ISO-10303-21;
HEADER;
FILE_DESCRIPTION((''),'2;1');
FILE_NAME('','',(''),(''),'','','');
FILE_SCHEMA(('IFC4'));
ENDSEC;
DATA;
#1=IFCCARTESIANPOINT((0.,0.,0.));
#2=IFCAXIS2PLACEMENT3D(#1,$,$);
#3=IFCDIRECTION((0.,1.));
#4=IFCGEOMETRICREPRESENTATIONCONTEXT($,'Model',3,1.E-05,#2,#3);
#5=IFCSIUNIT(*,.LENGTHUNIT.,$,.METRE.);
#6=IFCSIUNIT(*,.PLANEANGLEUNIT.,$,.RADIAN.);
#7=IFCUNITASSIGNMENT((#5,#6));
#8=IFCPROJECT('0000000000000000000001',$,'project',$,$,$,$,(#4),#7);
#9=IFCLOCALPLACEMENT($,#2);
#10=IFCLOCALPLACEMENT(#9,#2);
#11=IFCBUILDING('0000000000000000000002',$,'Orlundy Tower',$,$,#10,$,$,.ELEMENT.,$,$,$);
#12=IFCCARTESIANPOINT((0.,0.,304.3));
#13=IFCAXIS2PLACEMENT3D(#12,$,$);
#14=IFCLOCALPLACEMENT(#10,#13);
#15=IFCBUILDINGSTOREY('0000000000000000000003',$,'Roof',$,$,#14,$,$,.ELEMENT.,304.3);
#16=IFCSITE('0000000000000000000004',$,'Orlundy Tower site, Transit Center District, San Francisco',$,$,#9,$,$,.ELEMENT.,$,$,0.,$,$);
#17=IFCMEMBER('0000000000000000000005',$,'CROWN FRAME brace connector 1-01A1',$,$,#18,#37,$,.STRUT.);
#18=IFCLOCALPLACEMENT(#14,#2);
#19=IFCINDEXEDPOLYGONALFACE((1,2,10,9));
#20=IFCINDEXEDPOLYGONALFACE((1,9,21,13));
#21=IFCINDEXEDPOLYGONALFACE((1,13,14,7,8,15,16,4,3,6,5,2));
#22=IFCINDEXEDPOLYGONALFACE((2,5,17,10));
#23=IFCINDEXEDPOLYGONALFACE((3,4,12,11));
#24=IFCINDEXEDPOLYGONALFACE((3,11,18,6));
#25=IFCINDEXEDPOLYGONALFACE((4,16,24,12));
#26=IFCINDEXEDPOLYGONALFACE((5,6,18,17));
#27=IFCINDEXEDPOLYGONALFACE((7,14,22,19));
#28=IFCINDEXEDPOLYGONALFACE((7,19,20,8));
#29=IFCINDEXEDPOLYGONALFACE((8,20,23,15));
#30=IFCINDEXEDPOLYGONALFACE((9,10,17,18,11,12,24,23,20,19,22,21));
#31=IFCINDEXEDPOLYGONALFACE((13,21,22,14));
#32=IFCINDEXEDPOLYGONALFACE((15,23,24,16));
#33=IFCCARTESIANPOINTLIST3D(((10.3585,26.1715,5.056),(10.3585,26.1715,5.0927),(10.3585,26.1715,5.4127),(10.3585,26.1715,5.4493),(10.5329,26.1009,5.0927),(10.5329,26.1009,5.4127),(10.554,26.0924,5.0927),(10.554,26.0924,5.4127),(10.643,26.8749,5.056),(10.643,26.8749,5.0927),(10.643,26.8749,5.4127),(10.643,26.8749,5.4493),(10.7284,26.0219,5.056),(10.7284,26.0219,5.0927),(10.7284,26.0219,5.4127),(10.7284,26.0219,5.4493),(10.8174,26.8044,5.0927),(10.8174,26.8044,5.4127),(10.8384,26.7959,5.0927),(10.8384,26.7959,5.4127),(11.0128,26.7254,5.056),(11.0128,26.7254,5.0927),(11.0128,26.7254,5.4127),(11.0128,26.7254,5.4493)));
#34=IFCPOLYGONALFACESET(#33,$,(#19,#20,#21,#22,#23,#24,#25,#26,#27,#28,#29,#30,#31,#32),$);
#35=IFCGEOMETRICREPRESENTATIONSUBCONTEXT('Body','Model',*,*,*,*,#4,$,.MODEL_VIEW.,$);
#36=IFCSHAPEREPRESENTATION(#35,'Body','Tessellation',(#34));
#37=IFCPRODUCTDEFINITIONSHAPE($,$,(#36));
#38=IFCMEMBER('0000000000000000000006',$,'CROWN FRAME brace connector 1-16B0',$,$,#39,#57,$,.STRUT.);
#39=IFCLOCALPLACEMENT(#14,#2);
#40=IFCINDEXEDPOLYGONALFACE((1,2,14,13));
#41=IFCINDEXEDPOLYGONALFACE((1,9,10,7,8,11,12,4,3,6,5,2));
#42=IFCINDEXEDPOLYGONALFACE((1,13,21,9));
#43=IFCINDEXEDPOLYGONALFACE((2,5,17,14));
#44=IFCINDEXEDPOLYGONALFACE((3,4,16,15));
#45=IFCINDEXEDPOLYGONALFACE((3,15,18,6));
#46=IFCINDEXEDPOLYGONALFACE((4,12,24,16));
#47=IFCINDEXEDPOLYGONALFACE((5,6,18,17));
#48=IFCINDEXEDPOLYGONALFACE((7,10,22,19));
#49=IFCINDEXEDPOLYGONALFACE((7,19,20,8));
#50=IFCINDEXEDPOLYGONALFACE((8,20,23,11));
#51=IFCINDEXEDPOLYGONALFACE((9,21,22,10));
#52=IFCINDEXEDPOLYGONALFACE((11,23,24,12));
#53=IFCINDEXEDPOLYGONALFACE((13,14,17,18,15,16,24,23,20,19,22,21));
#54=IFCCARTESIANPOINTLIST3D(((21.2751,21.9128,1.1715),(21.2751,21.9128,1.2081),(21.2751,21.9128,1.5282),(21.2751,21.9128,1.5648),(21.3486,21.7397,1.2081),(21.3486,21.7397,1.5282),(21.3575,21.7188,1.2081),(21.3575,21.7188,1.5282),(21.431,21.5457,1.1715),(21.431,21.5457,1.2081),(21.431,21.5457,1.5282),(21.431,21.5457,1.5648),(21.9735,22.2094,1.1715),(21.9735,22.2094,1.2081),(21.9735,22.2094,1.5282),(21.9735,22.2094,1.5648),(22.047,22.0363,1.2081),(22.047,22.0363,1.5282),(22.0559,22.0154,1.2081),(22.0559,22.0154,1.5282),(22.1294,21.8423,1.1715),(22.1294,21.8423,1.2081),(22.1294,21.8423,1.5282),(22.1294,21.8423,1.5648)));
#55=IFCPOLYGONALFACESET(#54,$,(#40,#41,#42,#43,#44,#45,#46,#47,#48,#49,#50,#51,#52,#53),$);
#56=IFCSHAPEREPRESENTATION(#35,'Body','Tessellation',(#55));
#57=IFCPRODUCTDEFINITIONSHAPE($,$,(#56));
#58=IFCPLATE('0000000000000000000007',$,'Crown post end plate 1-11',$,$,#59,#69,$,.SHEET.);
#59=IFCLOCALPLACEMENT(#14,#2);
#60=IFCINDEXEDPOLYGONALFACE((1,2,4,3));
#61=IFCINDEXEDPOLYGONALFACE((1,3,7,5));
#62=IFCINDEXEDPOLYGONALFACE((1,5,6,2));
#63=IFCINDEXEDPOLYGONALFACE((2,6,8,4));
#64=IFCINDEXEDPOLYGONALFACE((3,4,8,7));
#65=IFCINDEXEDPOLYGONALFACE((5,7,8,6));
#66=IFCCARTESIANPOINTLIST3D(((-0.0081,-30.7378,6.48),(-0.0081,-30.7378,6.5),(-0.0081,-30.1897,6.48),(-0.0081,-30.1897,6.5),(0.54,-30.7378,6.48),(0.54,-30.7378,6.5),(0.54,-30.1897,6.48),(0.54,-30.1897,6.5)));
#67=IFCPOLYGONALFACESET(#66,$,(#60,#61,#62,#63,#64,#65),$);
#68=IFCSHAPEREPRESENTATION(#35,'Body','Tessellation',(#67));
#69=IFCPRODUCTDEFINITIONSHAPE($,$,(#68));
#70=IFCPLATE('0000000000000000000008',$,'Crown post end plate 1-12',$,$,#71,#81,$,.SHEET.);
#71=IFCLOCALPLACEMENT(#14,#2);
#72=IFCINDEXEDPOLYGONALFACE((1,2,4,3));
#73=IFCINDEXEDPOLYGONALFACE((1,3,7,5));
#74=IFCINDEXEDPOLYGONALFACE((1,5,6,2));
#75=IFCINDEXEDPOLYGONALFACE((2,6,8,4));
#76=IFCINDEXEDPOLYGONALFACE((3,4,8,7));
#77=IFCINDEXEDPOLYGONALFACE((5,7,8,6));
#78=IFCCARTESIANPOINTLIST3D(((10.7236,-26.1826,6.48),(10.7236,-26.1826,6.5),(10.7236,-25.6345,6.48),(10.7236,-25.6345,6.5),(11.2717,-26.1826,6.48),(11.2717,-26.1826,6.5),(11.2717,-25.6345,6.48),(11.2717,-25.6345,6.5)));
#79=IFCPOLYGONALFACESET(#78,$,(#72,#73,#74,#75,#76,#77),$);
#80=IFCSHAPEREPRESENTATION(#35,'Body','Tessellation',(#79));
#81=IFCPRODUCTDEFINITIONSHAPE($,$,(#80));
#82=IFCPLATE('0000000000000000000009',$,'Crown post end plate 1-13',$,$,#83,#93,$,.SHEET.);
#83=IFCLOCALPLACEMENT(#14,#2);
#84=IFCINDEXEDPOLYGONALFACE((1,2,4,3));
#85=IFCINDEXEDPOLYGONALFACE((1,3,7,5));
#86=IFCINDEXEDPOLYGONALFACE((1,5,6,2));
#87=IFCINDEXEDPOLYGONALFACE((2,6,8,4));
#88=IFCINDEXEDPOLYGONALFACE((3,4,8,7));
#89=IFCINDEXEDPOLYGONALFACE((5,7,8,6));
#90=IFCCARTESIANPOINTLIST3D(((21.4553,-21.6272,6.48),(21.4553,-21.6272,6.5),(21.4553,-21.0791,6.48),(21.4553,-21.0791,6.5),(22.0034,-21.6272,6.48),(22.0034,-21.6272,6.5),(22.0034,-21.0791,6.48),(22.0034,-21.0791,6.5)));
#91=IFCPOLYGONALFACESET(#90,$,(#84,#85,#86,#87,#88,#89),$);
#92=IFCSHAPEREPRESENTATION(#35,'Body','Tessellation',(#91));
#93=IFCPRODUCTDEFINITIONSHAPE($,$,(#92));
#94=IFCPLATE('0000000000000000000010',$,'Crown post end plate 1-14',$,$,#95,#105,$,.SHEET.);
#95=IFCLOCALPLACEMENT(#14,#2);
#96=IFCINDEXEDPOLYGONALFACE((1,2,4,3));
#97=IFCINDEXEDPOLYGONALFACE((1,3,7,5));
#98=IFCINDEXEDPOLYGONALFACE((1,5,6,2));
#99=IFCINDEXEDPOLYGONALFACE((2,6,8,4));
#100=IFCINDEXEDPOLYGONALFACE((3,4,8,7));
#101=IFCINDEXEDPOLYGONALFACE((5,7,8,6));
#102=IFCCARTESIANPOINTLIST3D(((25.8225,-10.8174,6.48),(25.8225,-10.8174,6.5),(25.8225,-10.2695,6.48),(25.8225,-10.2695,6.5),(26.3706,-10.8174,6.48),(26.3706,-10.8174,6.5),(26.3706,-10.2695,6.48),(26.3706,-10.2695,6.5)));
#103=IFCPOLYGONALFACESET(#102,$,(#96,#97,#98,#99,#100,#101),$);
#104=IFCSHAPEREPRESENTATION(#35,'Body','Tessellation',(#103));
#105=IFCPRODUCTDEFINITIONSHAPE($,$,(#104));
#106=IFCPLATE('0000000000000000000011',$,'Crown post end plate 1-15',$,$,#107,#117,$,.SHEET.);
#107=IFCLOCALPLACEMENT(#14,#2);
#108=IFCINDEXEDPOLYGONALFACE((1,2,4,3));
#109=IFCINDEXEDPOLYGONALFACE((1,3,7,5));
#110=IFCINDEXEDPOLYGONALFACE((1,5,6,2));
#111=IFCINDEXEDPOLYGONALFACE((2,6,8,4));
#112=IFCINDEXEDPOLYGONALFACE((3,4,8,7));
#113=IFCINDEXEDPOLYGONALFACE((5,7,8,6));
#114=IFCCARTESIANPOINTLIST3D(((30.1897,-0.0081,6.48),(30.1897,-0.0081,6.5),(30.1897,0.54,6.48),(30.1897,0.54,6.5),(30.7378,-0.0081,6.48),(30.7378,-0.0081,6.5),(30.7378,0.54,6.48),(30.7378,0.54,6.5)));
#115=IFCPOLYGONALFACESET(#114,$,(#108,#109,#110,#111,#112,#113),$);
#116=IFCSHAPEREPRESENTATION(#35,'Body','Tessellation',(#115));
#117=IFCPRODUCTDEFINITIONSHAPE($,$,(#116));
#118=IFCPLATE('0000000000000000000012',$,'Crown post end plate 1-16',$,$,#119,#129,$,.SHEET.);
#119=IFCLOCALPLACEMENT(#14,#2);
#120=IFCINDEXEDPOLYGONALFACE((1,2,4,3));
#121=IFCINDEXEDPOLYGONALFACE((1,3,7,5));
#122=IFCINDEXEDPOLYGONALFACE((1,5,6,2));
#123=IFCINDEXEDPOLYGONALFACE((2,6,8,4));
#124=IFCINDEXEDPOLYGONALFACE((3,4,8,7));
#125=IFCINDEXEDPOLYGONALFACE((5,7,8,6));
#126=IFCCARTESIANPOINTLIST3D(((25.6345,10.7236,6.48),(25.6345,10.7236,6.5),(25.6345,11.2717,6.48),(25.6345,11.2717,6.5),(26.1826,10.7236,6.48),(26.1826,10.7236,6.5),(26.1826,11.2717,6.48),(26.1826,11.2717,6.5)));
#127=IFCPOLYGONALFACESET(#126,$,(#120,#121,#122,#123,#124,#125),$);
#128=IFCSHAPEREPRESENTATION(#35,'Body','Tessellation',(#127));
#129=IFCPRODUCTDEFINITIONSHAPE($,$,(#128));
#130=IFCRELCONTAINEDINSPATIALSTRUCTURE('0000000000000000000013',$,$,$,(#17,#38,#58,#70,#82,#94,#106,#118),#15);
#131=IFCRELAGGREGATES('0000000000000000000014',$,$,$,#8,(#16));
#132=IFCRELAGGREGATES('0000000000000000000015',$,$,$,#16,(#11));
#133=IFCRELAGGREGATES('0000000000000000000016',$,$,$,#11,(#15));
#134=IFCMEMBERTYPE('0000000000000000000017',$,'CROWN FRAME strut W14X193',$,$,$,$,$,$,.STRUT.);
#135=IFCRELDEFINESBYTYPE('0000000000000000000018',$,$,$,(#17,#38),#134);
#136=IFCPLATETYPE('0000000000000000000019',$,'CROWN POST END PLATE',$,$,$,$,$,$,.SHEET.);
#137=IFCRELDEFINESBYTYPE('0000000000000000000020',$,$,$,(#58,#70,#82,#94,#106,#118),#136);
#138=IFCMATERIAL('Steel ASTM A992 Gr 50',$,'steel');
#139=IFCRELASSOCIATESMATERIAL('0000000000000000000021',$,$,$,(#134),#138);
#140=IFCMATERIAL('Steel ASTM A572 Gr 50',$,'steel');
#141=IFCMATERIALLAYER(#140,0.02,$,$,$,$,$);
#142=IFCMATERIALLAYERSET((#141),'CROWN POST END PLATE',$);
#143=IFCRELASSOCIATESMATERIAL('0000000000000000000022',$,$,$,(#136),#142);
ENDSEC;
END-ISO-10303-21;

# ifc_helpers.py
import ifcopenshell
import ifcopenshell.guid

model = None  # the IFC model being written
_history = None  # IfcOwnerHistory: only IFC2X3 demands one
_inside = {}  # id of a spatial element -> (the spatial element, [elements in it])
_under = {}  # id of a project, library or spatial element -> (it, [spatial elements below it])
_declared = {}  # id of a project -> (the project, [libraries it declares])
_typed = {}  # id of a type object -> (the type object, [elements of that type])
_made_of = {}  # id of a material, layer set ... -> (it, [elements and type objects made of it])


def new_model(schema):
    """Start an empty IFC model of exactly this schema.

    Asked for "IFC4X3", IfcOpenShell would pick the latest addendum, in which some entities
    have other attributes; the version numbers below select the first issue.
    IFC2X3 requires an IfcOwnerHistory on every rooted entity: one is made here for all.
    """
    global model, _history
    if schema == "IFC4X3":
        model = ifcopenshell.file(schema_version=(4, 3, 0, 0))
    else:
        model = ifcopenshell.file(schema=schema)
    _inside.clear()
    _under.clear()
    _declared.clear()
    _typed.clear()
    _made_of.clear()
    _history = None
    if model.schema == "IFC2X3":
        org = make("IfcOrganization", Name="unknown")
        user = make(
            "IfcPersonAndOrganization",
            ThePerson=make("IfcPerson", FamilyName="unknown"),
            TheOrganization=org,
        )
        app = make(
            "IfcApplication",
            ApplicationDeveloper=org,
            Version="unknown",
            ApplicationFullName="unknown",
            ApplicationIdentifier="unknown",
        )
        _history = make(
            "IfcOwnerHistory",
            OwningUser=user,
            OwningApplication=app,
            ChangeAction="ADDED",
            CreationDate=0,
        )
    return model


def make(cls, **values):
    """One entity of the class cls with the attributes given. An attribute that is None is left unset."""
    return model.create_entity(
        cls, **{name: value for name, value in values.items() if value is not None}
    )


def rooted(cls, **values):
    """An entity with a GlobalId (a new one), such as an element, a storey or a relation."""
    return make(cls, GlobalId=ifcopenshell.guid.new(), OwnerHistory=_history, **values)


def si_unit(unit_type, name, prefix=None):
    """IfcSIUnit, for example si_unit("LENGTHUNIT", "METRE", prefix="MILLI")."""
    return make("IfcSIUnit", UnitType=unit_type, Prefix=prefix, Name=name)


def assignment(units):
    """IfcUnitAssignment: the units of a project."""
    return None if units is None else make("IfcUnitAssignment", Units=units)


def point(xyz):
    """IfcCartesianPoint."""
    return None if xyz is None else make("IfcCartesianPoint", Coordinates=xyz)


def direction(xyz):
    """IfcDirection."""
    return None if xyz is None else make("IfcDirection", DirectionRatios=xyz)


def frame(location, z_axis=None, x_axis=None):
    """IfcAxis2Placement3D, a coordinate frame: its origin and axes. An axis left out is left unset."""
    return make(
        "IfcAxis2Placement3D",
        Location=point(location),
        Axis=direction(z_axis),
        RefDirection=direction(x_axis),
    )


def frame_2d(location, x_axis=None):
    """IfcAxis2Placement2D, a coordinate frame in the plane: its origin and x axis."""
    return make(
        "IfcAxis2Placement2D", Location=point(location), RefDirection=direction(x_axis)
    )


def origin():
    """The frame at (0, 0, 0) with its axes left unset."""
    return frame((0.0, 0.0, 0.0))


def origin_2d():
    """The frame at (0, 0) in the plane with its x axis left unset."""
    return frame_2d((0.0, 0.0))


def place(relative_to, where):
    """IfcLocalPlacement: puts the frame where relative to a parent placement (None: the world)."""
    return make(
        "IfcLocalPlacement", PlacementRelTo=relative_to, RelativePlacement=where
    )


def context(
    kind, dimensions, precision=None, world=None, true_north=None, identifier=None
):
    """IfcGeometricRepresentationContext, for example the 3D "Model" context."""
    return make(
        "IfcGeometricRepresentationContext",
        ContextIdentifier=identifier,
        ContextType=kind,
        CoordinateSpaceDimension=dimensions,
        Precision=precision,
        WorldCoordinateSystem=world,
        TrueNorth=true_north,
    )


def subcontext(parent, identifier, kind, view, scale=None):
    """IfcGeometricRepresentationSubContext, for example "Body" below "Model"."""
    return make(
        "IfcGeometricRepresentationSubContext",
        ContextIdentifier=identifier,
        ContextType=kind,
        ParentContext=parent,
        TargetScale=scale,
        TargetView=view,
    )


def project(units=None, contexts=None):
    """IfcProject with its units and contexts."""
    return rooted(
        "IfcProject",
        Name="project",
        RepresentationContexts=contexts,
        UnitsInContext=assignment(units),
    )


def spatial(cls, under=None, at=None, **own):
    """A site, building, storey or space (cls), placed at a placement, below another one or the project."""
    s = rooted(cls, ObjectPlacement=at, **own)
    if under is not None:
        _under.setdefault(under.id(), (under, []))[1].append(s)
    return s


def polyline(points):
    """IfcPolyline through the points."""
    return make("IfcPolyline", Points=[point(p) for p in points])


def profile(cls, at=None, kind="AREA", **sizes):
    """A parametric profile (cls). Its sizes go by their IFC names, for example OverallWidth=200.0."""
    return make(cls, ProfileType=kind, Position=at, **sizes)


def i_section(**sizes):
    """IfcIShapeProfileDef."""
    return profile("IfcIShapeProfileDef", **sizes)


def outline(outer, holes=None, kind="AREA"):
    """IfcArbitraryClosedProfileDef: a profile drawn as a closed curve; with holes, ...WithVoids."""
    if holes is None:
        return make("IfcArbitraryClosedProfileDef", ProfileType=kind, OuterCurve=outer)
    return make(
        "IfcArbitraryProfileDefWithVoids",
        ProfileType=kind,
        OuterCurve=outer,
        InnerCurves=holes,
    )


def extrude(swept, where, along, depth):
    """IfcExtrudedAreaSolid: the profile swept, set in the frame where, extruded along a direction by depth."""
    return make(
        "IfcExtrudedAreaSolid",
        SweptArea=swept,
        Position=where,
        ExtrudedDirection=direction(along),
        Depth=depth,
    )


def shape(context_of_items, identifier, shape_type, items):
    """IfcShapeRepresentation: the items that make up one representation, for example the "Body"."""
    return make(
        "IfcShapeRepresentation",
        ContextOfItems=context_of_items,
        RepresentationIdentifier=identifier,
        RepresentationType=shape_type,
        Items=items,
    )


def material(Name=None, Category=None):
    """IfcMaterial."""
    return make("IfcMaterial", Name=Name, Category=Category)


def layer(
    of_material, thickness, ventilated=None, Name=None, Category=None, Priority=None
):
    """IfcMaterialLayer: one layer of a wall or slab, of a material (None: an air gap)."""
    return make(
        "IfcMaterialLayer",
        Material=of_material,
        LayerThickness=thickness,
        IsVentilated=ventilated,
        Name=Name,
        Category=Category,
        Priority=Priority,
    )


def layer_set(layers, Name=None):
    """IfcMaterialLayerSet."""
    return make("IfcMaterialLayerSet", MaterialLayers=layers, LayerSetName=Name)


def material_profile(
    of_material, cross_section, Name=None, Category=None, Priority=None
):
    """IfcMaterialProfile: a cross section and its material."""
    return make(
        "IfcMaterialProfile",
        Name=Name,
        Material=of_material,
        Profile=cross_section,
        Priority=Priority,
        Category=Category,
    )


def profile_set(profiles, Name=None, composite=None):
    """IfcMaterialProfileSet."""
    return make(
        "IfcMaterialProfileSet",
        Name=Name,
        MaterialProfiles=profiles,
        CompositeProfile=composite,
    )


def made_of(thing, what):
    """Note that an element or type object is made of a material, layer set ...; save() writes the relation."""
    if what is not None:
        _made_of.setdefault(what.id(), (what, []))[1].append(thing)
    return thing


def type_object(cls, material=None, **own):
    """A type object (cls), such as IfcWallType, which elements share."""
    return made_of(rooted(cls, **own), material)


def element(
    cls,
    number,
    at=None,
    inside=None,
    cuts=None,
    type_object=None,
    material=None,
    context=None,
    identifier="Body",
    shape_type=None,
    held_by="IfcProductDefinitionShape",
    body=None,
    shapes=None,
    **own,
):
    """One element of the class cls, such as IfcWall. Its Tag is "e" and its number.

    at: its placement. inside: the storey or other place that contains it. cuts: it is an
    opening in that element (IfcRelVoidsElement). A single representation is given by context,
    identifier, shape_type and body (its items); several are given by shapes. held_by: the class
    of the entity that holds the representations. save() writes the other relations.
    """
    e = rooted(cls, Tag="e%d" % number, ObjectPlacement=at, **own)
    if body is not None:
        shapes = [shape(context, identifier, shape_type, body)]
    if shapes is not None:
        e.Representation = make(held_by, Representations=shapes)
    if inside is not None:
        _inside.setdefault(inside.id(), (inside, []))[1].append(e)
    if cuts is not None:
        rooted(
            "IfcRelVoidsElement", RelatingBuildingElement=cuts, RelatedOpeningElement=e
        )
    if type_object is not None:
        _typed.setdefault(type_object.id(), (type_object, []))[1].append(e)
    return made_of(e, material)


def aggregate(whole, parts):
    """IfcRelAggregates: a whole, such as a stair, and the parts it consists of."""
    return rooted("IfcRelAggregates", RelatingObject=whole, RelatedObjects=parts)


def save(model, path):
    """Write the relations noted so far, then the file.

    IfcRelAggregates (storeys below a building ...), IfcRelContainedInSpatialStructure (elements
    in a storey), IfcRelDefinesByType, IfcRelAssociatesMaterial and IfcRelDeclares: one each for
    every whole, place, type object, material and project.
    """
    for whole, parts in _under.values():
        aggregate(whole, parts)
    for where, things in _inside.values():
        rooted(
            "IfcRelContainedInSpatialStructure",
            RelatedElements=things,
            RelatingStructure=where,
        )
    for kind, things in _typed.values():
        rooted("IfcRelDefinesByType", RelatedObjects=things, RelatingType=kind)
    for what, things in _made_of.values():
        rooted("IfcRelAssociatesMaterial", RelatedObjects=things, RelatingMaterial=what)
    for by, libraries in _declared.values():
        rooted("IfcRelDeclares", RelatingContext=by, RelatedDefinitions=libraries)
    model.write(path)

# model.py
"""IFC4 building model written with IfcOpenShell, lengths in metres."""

from ifc_helpers import new_model, si_unit, direction, frame, origin, origin_2d, place, context, subcontext, project, spatial, polyline, i_section, outline, extrude, material, layer, layer_set, material_profile, profile_set, type_object, element, save


model = new_model("IFC4")

# Units and contexts
model_context = context("Model", 3, precision=1e-05, world=origin(), true_north=direction((0.0, 1.0)))
body_context = subcontext(model_context, "Body", "Model", "MODEL_VIEW")
ifc_project = project(units=[si_unit("LENGTHUNIT", "METRE"), si_unit("PLANEANGLEUNIT", "RADIAN")], contexts=[model_context])

# Site, building, storey
site_placement = place(None, origin())
site = spatial("IfcSite", under=ifc_project, at=site_placement, Name="Orlundy Tower site, Transit Center District, San Francisco", CompositionType="ELEMENT", RefElevation=0.0)
building_placement = place(site_placement, origin())
building = spatial("IfcBuilding", under=site, at=building_placement, Name="Orlundy Tower", CompositionType="ELEMENT")
storey_placement = place(building_placement, frame((0.0, 0.0, 304.3)))
storey = spatial("IfcBuildingStorey", under=building, at=storey_placement, Name="Roof", CompositionType="ELEMENT", Elevation=304.3)

# Members
ifc_material_1 = material(Name="Steel ASTM A992 Gr 50", Category="steel")
ifc_material_profile_1 = material_profile(ifc_material_1, i_section(OverallWidth=0.3989, OverallDepth=0.3933, WebThickness=0.0227, FlangeThickness=0.0366, at=origin_2d()), Name="W14X193")
ifc_profile_set_1 = profile_set([ifc_material_profile_1], Name="Steel ASTM A992 Gr 50")
member_type_1 = type_object("IfcMemberType", Name="CROWN FRAME strut W14X193", PredefinedType="STRUT", material=ifc_profile_set_1)
for number, where, z_axis, x_axis, name in (
    (1, (10.5435, 26.0967, 5.2527), (0.374883, 0.927072, 0.0), (-0.927072, 0.374883, 0.0), "CROWN FRAME brace connector 1-01A1"),
    (2, (21.353, 21.7292, 1.3682), (0.920438, 0.390889, 0.0), (-0.390889, 0.920438, 0.0), "CROWN FRAME brace connector 1-16B0"),
):
    element("IfcMember", number, at=place(storey_placement, frame(where, z_axis=z_axis, x_axis=x_axis)), inside=storey, type_object=member_type_1, Name=name, PredefinedType="STRUT", context=body_context, shape_type="SweptSolid", body=[
        extrude(i_section(OverallWidth=0.3989, OverallDepth=0.3933, WebThickness=0.0227, FlangeThickness=0.0366, at=origin_2d()), origin(), (0.0, 0.0, 1.0), 0.7588),
    ])

# Plates
ifc_material_2 = material(Name="Steel ASTM A572 Gr 50", Category="steel")
ifc_layer = layer(ifc_material_2, 0.02)
ifc_layer_set = layer_set([ifc_layer], Name="CROWN POST END PLATE")
plate_type = type_object("IfcPlateType", Name="CROWN POST END PLATE", PredefinedType="SHEET", material=ifc_layer_set)
plate_1_placement = place(storey_placement, frame((0.0, 0.0, 6.48)))
element("IfcPlate", 3, at=plate_1_placement, inside=storey, type_object=plate_type, Name="Crown post end plate 1-11", PredefinedType="SHEET", context=body_context, shape_type="SweptSolid", body=[
    extrude(outline(polyline([(-0.0081, -30.7378), (0.54, -30.7378), (0.54, -30.1897), (-0.0081, -30.1897), (-0.0081, -30.7378)])), origin(), (0.0, 0.0, 1.0), 0.02),
])
plate_2_placement = place(storey_placement, frame((0.0, 0.0, 6.48)))
element("IfcPlate", 4, at=plate_2_placement, inside=storey, type_object=plate_type, Name="Crown post end plate 1-12", PredefinedType="SHEET", context=body_context, shape_type="SweptSolid", body=[
    extrude(outline(polyline([(10.7236, -26.1826), (11.2717, -26.1826), (11.2717, -25.6345), (10.7236, -25.6345), (10.7236, -26.1826)])), origin(), (0.0, 0.0, 1.0), 0.02),
])
plate_3_placement = place(storey_placement, frame((0.0, 0.0, 6.48)))
element("IfcPlate", 5, at=plate_3_placement, inside=storey, type_object=plate_type, Name="Crown post end plate 1-13", PredefinedType="SHEET", context=body_context, shape_type="SweptSolid", body=[
    extrude(outline(polyline([(21.4553, -21.6272), (22.0034, -21.6272), (22.0034, -21.0791), (21.4553, -21.0791), (21.4553, -21.6272)])), origin(), (0.0, 0.0, 1.0), 0.02),
])
plate_4_placement = place(storey_placement, frame((0.0, 0.0, 6.48)))
element("IfcPlate", 6, at=plate_4_placement, inside=storey, type_object=plate_type, Name="Crown post end plate 1-14", PredefinedType="SHEET", context=body_context, shape_type="SweptSolid", body=[
    extrude(outline(polyline([(25.8225, -10.8174), (26.3706, -10.8174), (26.3706, -10.2695), (25.8225, -10.2695), (25.8225, -10.8174)])), origin(), (0.0, 0.0, 1.0), 0.02),
])
plate_5_placement = place(storey_placement, frame((0.0, 0.0, 6.48)))
element("IfcPlate", 7, at=plate_5_placement, inside=storey, type_object=plate_type, Name="Crown post end plate 1-15", PredefinedType="SHEET", context=body_context, shape_type="SweptSolid", body=[
    extrude(outline(polyline([(30.1897, -0.0081), (30.7378, -0.0081), (30.7378, 0.54), (30.1897, 0.54), (30.1897, -0.0081)])), origin(), (0.0, 0.0, 1.0), 0.02),
])
plate_6_placement = place(storey_placement, frame((0.0, 0.0, 6.48)))
element("IfcPlate", 8, at=plate_6_placement, inside=storey, type_object=plate_type, Name="Crown post end plate 1-16", PredefinedType="SHEET", context=body_context, shape_type="SweptSolid", body=[
    extrude(outline(polyline([(25.6345, 10.7236), (26.1826, 10.7236), (26.1826, 11.2717), (25.6345, 11.2717), (25.6345, 10.7236)])), origin(), (0.0, 0.0, 1.0), 0.02),
])

save(model, "model.ifc")
